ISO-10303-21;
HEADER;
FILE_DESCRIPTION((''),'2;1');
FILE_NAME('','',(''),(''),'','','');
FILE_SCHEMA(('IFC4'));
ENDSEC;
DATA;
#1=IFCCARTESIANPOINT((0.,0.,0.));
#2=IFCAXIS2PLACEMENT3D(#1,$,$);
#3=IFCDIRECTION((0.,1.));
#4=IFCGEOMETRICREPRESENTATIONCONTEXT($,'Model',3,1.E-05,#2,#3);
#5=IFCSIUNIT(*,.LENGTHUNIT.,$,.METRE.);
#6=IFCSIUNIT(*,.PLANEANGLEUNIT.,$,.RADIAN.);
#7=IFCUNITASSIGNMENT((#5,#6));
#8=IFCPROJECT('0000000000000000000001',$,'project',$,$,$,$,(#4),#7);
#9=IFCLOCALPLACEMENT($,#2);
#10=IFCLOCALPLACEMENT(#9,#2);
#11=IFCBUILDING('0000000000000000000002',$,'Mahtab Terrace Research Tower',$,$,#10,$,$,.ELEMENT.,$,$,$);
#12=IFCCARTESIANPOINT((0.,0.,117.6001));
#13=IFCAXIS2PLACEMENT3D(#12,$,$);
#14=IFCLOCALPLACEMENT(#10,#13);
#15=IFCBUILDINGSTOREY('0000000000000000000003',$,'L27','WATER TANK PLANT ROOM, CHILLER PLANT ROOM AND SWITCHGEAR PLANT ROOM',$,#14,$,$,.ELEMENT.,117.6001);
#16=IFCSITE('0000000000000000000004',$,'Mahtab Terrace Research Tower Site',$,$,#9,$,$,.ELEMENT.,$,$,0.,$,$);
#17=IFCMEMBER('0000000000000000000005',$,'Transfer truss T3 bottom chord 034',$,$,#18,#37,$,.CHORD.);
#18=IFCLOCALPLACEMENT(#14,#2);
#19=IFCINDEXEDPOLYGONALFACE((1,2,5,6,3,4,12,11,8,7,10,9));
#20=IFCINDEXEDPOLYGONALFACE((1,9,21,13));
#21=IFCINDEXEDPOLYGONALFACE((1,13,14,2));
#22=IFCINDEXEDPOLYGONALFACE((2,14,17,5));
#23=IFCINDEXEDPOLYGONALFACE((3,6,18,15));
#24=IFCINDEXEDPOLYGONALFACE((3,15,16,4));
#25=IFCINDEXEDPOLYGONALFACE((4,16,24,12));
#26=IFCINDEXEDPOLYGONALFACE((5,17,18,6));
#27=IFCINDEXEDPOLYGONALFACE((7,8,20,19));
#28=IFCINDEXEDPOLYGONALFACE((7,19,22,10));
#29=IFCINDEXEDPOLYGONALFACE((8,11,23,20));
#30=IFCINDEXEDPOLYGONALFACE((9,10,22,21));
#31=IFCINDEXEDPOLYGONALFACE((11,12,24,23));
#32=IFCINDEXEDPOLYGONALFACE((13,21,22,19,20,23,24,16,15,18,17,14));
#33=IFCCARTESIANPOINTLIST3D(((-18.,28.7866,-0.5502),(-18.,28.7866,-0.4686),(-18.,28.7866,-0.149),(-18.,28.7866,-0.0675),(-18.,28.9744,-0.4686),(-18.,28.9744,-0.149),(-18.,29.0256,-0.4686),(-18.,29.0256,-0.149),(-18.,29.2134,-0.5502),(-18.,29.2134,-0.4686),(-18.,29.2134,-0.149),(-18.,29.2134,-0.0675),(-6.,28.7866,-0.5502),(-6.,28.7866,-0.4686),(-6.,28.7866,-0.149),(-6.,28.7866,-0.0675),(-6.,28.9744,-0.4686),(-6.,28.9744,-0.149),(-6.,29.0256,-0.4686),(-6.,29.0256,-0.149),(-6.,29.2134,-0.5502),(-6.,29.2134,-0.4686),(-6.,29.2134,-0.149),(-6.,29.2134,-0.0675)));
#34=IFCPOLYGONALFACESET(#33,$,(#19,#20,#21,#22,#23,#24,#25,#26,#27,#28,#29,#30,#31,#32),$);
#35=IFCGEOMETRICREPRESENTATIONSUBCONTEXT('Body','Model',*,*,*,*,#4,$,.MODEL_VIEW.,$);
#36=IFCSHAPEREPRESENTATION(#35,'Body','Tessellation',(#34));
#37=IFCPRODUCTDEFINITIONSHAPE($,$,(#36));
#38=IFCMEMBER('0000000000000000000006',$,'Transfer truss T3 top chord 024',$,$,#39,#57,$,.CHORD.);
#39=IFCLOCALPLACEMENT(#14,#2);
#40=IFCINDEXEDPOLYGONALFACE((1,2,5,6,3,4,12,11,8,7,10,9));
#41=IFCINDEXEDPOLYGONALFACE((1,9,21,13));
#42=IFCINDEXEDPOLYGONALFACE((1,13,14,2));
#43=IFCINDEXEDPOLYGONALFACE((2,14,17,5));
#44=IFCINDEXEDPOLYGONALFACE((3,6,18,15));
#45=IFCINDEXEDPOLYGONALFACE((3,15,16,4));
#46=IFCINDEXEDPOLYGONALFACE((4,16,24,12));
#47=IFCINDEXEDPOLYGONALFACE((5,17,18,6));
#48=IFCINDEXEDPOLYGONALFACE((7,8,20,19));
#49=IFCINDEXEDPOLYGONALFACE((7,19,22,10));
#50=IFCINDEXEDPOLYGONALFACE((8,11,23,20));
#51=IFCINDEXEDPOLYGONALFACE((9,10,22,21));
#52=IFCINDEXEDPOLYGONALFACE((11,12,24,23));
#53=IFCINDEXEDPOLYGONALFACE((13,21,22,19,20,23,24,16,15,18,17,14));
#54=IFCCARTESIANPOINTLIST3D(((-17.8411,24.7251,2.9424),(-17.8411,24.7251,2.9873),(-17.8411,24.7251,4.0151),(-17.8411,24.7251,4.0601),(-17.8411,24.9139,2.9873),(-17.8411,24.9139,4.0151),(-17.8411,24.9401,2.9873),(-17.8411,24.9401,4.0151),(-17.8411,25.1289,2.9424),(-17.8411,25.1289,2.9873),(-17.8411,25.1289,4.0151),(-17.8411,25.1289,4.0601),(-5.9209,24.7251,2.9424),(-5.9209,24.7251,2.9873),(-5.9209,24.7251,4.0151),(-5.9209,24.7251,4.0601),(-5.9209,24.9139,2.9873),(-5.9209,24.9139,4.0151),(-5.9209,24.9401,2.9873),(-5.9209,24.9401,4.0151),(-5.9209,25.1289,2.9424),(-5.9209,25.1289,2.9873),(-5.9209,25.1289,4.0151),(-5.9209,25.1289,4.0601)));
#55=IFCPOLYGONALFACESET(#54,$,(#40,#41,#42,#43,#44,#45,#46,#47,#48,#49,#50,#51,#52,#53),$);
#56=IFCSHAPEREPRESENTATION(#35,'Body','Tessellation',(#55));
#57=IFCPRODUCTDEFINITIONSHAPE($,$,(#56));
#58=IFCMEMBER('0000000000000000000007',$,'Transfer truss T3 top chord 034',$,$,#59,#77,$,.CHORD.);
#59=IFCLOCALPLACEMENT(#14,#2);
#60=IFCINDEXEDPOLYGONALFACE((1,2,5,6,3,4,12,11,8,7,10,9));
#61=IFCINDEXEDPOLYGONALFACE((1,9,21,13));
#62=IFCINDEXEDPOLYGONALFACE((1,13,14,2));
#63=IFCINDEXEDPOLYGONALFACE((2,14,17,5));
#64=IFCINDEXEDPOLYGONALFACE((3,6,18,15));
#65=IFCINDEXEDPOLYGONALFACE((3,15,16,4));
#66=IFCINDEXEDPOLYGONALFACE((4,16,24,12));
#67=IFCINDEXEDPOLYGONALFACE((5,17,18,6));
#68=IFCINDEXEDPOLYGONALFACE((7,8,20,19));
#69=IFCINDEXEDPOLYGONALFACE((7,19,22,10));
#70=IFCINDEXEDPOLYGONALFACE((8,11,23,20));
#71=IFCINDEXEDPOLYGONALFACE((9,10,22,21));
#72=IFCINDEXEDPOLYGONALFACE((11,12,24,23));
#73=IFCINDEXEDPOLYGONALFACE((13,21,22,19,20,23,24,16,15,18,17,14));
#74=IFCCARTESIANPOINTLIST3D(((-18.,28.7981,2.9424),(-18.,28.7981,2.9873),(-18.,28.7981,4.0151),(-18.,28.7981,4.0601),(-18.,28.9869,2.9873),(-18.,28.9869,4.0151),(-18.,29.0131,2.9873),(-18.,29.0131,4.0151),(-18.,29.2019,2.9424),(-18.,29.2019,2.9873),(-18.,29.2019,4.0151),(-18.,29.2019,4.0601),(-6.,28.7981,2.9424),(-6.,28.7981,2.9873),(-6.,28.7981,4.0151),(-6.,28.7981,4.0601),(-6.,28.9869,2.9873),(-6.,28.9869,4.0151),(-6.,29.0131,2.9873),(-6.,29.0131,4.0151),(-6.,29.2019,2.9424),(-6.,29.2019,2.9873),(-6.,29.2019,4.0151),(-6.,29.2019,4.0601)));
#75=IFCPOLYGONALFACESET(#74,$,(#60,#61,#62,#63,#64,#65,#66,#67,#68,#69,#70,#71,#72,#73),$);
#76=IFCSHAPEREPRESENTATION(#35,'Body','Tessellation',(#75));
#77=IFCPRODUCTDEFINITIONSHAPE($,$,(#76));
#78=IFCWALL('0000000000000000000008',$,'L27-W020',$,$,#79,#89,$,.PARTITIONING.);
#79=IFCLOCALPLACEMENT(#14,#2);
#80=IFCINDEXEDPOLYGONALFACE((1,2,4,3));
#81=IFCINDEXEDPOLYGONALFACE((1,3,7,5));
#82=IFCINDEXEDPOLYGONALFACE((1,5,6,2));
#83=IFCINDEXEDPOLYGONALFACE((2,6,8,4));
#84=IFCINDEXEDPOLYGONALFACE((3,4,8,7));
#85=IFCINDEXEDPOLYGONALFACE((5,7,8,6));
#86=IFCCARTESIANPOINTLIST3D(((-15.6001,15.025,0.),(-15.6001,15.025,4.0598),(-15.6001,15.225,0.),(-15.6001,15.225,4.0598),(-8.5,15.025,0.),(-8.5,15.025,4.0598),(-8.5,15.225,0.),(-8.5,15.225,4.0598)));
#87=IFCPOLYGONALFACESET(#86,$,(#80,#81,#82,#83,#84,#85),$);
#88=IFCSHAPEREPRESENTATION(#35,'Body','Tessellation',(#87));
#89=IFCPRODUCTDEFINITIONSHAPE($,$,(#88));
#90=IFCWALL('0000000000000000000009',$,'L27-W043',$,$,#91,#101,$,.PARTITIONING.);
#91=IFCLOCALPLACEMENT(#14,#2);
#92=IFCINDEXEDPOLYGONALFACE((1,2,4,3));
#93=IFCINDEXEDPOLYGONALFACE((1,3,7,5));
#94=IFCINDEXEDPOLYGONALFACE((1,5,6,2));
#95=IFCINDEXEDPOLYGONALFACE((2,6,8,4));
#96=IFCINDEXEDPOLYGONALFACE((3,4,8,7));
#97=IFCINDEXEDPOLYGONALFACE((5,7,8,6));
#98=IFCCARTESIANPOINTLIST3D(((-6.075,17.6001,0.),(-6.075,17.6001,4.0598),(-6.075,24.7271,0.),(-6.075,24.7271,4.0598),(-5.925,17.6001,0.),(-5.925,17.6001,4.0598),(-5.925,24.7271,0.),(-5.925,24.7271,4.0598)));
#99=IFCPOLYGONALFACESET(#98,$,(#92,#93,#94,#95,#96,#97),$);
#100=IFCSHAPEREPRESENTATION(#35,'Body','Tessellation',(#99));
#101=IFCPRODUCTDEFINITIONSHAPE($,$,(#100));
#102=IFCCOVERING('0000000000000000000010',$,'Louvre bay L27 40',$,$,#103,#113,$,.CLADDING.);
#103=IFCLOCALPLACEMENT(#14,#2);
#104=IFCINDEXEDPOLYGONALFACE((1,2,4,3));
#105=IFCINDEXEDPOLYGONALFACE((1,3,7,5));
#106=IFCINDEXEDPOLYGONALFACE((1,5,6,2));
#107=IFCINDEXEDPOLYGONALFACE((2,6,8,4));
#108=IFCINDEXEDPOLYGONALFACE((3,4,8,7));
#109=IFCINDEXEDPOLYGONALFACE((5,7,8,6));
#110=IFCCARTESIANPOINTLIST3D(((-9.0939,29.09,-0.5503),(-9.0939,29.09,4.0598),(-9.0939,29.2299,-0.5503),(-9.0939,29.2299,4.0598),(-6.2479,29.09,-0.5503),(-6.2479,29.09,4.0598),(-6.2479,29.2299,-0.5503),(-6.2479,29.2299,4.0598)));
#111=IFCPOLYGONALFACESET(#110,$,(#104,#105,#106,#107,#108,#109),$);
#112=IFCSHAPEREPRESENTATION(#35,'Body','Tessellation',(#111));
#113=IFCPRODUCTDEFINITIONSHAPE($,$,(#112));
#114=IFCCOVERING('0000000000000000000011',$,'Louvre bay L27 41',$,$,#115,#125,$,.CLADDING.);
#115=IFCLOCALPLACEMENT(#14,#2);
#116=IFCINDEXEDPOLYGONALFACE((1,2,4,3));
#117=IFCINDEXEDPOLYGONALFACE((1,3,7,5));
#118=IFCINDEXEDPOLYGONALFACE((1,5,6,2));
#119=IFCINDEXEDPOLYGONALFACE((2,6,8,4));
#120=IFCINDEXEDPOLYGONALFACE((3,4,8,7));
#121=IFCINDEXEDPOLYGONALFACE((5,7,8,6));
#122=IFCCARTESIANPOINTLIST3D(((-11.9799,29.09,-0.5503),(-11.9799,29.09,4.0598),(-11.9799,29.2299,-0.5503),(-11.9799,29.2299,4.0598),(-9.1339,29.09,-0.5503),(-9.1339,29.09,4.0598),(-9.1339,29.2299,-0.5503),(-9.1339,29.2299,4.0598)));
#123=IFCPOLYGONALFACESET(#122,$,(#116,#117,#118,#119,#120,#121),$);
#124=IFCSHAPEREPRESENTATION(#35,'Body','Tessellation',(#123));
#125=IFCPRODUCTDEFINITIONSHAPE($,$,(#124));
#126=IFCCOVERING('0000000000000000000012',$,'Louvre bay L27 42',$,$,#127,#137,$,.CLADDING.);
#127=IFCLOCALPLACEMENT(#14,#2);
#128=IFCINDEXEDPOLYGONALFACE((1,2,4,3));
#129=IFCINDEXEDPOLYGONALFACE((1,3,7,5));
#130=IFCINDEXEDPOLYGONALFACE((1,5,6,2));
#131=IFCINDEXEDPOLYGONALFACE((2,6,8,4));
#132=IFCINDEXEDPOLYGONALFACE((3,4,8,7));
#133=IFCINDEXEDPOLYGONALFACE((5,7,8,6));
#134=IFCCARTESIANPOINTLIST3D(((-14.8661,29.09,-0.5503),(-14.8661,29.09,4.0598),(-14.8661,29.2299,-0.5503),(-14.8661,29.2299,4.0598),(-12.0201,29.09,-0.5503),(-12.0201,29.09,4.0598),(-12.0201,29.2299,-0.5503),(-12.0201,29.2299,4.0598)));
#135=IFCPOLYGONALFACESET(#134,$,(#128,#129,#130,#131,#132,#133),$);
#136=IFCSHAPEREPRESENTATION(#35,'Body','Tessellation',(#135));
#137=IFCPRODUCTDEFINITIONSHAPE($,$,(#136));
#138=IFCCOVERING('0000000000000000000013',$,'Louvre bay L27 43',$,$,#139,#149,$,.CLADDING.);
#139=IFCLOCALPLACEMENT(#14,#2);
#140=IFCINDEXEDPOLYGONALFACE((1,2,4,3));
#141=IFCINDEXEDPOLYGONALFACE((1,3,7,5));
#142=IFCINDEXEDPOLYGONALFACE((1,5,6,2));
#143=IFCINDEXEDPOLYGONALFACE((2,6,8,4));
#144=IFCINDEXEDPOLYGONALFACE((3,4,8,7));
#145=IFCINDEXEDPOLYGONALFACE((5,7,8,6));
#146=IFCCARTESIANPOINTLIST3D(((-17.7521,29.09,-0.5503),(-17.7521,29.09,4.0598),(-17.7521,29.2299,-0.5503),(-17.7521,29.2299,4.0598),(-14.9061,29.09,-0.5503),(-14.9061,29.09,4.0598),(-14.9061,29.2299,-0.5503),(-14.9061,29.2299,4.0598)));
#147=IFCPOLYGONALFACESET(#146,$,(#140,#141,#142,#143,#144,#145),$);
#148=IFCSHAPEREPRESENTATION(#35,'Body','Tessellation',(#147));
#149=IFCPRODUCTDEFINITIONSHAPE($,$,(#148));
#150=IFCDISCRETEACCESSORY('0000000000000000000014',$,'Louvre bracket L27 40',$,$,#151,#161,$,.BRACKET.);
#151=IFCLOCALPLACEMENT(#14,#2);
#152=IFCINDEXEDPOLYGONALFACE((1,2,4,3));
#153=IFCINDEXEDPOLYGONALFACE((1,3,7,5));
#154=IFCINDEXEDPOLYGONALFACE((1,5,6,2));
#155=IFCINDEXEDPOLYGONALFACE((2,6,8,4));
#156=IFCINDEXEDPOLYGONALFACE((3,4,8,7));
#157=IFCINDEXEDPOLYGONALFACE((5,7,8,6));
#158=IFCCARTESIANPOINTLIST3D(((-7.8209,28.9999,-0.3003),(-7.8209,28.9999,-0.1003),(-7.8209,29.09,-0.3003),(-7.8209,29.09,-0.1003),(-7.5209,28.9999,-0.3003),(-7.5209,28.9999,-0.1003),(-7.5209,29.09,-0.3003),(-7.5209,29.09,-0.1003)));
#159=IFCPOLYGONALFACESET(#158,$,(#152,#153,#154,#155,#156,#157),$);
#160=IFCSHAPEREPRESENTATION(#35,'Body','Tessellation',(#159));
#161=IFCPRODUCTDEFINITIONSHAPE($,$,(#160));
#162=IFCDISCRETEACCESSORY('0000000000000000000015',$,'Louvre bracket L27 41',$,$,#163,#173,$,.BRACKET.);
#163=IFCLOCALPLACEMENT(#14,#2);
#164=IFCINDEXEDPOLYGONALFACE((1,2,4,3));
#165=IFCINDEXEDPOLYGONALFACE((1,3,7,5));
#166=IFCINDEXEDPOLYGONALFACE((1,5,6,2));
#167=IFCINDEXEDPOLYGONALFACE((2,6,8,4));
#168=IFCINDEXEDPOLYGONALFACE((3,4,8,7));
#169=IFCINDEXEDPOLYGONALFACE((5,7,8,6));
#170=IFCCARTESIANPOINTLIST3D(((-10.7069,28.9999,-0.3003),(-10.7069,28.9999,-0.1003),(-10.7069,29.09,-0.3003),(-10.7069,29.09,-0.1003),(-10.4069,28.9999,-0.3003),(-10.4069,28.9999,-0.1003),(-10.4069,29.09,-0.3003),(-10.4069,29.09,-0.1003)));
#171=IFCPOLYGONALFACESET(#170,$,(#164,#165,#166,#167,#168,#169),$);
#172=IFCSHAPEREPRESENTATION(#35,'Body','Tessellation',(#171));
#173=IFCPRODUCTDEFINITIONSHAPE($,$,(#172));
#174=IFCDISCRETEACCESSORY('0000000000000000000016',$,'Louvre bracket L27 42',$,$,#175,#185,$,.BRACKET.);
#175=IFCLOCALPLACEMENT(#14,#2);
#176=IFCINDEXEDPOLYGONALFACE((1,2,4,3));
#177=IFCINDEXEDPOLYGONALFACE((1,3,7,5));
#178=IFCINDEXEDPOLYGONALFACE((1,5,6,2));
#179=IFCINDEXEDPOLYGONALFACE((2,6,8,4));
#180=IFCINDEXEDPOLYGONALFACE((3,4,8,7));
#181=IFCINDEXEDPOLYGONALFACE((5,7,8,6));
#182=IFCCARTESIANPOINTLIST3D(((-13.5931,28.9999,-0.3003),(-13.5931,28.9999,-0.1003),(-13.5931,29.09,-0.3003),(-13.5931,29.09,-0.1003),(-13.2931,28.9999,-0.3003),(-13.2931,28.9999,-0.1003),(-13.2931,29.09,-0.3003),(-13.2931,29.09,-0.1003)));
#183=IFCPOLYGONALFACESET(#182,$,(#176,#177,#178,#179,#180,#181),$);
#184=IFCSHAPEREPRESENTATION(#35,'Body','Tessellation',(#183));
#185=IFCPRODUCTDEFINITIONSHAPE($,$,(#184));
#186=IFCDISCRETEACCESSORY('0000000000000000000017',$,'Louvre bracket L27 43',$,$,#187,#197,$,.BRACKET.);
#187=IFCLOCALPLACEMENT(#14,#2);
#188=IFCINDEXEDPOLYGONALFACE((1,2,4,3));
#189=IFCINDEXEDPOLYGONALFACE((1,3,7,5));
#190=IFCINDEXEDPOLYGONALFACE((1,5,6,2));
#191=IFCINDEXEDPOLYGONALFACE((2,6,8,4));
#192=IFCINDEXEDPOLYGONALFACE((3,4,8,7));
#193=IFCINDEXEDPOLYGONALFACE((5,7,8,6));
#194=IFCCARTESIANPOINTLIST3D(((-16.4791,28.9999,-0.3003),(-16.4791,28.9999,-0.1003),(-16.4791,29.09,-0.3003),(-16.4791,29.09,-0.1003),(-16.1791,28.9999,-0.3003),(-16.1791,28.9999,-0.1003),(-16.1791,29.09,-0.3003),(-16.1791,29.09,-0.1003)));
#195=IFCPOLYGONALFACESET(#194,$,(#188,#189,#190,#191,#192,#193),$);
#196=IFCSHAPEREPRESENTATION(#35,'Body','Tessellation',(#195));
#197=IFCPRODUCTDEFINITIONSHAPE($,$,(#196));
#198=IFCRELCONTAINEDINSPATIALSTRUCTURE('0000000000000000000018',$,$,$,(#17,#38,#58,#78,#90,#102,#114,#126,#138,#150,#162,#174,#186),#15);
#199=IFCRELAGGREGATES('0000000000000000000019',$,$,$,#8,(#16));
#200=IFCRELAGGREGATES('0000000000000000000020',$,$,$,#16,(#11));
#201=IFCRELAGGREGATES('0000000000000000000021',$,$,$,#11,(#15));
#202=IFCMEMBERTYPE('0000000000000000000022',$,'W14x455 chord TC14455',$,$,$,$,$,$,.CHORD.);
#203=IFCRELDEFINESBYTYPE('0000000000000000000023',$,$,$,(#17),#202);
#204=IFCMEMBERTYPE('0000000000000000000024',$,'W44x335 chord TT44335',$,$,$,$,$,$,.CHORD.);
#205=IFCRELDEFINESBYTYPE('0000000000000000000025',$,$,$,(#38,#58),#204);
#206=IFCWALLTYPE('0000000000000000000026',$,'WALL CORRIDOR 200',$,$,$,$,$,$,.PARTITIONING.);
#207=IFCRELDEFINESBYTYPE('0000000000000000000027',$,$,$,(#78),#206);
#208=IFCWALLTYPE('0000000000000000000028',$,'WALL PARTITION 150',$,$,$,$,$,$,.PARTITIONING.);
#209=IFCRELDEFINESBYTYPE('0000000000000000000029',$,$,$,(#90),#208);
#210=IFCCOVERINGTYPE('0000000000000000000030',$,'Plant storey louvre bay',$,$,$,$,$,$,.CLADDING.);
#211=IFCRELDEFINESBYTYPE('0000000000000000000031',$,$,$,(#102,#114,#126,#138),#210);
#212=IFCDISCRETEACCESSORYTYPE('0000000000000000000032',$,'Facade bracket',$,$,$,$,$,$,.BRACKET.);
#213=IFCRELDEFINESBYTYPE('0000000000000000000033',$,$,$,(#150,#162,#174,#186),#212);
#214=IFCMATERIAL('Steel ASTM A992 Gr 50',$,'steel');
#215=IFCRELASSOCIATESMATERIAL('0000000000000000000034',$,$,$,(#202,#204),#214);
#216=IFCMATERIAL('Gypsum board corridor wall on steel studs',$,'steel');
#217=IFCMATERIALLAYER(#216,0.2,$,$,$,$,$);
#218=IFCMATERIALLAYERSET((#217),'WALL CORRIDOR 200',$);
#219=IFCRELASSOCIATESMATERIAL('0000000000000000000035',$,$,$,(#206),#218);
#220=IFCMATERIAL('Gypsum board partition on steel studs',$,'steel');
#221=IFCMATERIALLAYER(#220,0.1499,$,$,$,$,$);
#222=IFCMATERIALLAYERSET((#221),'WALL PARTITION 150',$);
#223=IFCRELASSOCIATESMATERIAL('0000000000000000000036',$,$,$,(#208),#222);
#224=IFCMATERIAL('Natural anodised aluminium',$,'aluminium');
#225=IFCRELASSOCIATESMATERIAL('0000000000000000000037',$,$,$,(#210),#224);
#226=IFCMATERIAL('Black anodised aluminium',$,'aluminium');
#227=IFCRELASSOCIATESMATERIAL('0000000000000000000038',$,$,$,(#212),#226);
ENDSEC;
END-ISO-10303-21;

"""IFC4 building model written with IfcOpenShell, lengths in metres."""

from ifc_helpers import new_model, si_unit, direction, frame, frame_2d, origin, origin_2d, place, context, subcontext, project, spatial, rectangle, i_section, extrude, material, layer, layer_set, material_profile, profile_set, type_object, element, save


model = new_model("IFC4")

# Units and contexts
model_context = context("Model", 3, precision=1e-05, world=origin(), true_north=direction((0.0, 1.0)))
body_context = subcontext(model_context, "Body", "Model", "MODEL_VIEW")
ifc_project = project(units=[si_unit("LENGTHUNIT", "METRE"), si_unit("PLANEANGLEUNIT", "RADIAN")], contexts=[model_context])

# Site, building, storey
site_placement = place(None, origin())
site = spatial("IfcSite", under=ifc_project, at=site_placement, Name="Mahtab Terrace Research Tower Site", CompositionType="ELEMENT", RefElevation=0.0)
building_placement = place(site_placement, origin())
building = spatial("IfcBuilding", under=site, at=building_placement, Name="Mahtab Terrace Research Tower", CompositionType="ELEMENT")
storey_placement = place(building_placement, frame((0.0, 0.0, 117.6001)))
storey = spatial("IfcBuildingStorey", under=building, at=storey_placement, Name="L27", Description="WATER TANK PLANT ROOM, CHILLER PLANT ROOM AND SWITCHGEAR PLANT ROOM", CompositionType="ELEMENT", Elevation=117.6001)

# Shared definitions
ifc_material_1 = material(Name="Steel ASTM A992 Gr 50", Category="steel")

# Members
ifc_material_profile_1 = material_profile(ifc_material_1, i_section(OverallWidth=0.4268, OverallDepth=0.4827, WebThickness=0.0513, FlangeThickness=0.0815, at=origin_2d()), Name="W14X455")
ifc_profile_set_1 = profile_set([ifc_material_profile_1], Name="Steel ASTM A992 Gr 50")
member_type_1 = type_object("IfcMemberType", Name="W14x455 chord TC14455", PredefinedType="CHORD", material=ifc_profile_set_1)
member_1_placement = place(storey_placement, frame((-6.0, 29.0, -0.3088), z_axis=(-1.0, 0.0, 0.0), x_axis=(0.0, -1.0, 0.0)))
element("IfcMember", 1, at=member_1_placement, inside=storey, type_object=member_type_1, Name="Transfer truss T3 bottom chord 034", PredefinedType="CHORD", context=body_context, shape_type="SweptSolid", body=[
    extrude(i_section(OverallWidth=0.4268, OverallDepth=0.4827, WebThickness=0.0513, FlangeThickness=0.0815, at=origin_2d()), origin(), (0.0, 0.0, 1.0), 12.0),
])
ifc_material_profile_2 = material_profile(ifc_material_1, i_section(OverallWidth=0.4038, OverallDepth=1.1177, WebThickness=0.0261, FlangeThickness=0.0449, at=origin_2d()), Name="W44X335")
ifc_profile_set_2 = profile_set([ifc_material_profile_2], Name="Steel ASTM A992 Gr 50")
member_type_2 = type_object("IfcMemberType", Name="W44x335 chord TT44335", PredefinedType="CHORD", material=ifc_profile_set_2)
member_2_placement = place(storey_placement, frame((-17.8411, 24.927, 3.5012), z_axis=(1.0, 0.0, 0.0), x_axis=(0.0, 1.0, 0.0)))
element("IfcMember", 2, at=member_2_placement, inside=storey, type_object=member_type_2, Name="Transfer truss T3 top chord 024", PredefinedType="CHORD", context=body_context, shape_type="SweptSolid", body=[
    extrude(i_section(OverallWidth=0.4038, OverallDepth=1.1177, WebThickness=0.0261, FlangeThickness=0.0449, at=origin_2d()), origin(), (0.0, 0.0, 1.0), 11.9202),
])
member_3_placement = place(storey_placement, frame((-6.0, 29.0, 3.5012), z_axis=(-1.0, 0.0, 0.0), x_axis=(0.0, -1.0, 0.0)))
element("IfcMember", 3, at=member_3_placement, inside=storey, type_object=member_type_2, Name="Transfer truss T3 top chord 034", PredefinedType="CHORD", context=body_context, shape_type="SweptSolid", body=[
    extrude(i_section(OverallWidth=0.4038, OverallDepth=1.1177, WebThickness=0.0261, FlangeThickness=0.0449, at=origin_2d()), origin(), (0.0, 0.0, 1.0), 12.0),
])

# Walls
ifc_material_2 = material(Name="Gypsum board corridor wall on steel studs", Category="steel")
ifc_layer_1 = layer(ifc_material_2, 0.2)
ifc_layer_set_1 = layer_set([ifc_layer_1], Name="WALL CORRIDOR 200")
wall_type_1 = type_object("IfcWallType", Name="WALL CORRIDOR 200", PredefinedType="PARTITIONING", material=ifc_layer_set_1)
wall_1_placement = place(storey_placement, frame((-15.6001, 15.125, 0.0), z_axis=(0.0, 0.0, 1.0), x_axis=(1.0, 0.0, 0.0)))
element("IfcWall", 4, at=wall_1_placement, inside=storey, type_object=wall_type_1, Name="L27-W020", PredefinedType="PARTITIONING", context=body_context, shape_type="SweptSolid", body=[
    extrude(rectangle(XDim=7.1001, YDim=0.2, at=frame_2d((3.55, 0.0))), origin(), (0.0, 0.0, 1.0), 4.0598),
])
ifc_material_3 = material(Name="Gypsum board partition on steel studs", Category="steel")
ifc_layer_2 = layer(ifc_material_3, 0.1499)
ifc_layer_set_2 = layer_set([ifc_layer_2], Name="WALL PARTITION 150")
wall_type_2 = type_object("IfcWallType", Name="WALL PARTITION 150", PredefinedType="PARTITIONING", material=ifc_layer_set_2)
wall_2_placement = place(storey_placement, frame((-6.0, 17.6001, 0.0), z_axis=(0.0, 0.0, 1.0), x_axis=(0.0, 1.0, 0.0)))
element("IfcWall", 5, at=wall_2_placement, inside=storey, type_object=wall_type_2, Name="L27-W043", PredefinedType="PARTITIONING", context=body_context, shape_type="SweptSolid", body=[
    extrude(rectangle(XDim=7.127, YDim=0.1499, at=frame_2d((3.5635, 0.0))), origin(), (0.0, 0.0, 1.0), 4.0598),
])

# Coverings
ifc_material_4 = material(Name="Natural anodised aluminium", Category="aluminium")
covering_type = type_object("IfcCoveringType", Name="Plant storey louvre bay", PredefinedType="CLADDING", material=ifc_material_4)
for number, where, z_axis, x_axis, name in (
    (6, (-7.6709, 29.1599, -0.5503), (0.0, 0.0, 1.0), (-1.0, 0.0, 0.0), "Louvre bay L27 40"),
    (7, (-10.5569, 29.1599, -0.5503), (0.0, 0.0, 1.0), (-1.0, 0.0, 0.0), "Louvre bay L27 41"),
    (8, (-13.4431, 29.1599, -0.5503), (0.0, 0.0, 1.0), (-1.0, 0.0, 0.0), "Louvre bay L27 42"),
    (9, (-16.3291, 29.1599, -0.5503), (0.0, 0.0, 1.0), (-1.0, 0.0, 0.0), "Louvre bay L27 43"),
):
    element("IfcCovering", number, at=place(storey_placement, frame(where, z_axis=z_axis, x_axis=x_axis)), inside=storey, type_object=covering_type, Name=name, PredefinedType="CLADDING", context=body_context, shape_type="SweptSolid", body=[
        extrude(rectangle(XDim=2.8459, YDim=0.1399, at=origin_2d()), origin(), (0.0, 0.0, 1.0), 4.6101),
    ])

# Discrete accessories
ifc_material_5 = material(Name="Black anodised aluminium", Category="aluminium")
discrete_accessory_type_1 = type_object("IfcDiscreteAccessoryType", Name="Facade bracket", PredefinedType="BRACKET", material=ifc_material_5)
for number, where, z_axis, x_axis, name in (
    (10, (-7.6709, 29.0449, -0.3003), (0.0, 0.0, 1.0), (-1.0, 0.0, 0.0), "Louvre bracket L27 40"),
    (11, (-10.5569, 29.0449, -0.3003), (0.0, 0.0, 1.0), (-1.0, 0.0, 0.0), "Louvre bracket L27 41"),
    (12, (-13.4431, 29.0449, -0.3003), (0.0, 0.0, 1.0), (-1.0, 0.0, 0.0), "Louvre bracket L27 42"),
    (13, (-16.3291, 29.0449, -0.3003), (0.0, 0.0, 1.0), (-1.0, 0.0, 0.0), "Louvre bracket L27 43"),
):
    element("IfcDiscreteAccessory", number, at=place(storey_placement, frame(where, z_axis=z_axis, x_axis=x_axis)), inside=storey, type_object=discrete_accessory_type_1, Name=name, PredefinedType="BRACKET", context=body_context, shape_type="SweptSolid", body=[
        extrude(rectangle(XDim=0.3, YDim=0.0901, at=origin_2d()), origin(), (0.0, 0.0, 1.0), 0.2),
    ])

save(model, "model.ifc")
